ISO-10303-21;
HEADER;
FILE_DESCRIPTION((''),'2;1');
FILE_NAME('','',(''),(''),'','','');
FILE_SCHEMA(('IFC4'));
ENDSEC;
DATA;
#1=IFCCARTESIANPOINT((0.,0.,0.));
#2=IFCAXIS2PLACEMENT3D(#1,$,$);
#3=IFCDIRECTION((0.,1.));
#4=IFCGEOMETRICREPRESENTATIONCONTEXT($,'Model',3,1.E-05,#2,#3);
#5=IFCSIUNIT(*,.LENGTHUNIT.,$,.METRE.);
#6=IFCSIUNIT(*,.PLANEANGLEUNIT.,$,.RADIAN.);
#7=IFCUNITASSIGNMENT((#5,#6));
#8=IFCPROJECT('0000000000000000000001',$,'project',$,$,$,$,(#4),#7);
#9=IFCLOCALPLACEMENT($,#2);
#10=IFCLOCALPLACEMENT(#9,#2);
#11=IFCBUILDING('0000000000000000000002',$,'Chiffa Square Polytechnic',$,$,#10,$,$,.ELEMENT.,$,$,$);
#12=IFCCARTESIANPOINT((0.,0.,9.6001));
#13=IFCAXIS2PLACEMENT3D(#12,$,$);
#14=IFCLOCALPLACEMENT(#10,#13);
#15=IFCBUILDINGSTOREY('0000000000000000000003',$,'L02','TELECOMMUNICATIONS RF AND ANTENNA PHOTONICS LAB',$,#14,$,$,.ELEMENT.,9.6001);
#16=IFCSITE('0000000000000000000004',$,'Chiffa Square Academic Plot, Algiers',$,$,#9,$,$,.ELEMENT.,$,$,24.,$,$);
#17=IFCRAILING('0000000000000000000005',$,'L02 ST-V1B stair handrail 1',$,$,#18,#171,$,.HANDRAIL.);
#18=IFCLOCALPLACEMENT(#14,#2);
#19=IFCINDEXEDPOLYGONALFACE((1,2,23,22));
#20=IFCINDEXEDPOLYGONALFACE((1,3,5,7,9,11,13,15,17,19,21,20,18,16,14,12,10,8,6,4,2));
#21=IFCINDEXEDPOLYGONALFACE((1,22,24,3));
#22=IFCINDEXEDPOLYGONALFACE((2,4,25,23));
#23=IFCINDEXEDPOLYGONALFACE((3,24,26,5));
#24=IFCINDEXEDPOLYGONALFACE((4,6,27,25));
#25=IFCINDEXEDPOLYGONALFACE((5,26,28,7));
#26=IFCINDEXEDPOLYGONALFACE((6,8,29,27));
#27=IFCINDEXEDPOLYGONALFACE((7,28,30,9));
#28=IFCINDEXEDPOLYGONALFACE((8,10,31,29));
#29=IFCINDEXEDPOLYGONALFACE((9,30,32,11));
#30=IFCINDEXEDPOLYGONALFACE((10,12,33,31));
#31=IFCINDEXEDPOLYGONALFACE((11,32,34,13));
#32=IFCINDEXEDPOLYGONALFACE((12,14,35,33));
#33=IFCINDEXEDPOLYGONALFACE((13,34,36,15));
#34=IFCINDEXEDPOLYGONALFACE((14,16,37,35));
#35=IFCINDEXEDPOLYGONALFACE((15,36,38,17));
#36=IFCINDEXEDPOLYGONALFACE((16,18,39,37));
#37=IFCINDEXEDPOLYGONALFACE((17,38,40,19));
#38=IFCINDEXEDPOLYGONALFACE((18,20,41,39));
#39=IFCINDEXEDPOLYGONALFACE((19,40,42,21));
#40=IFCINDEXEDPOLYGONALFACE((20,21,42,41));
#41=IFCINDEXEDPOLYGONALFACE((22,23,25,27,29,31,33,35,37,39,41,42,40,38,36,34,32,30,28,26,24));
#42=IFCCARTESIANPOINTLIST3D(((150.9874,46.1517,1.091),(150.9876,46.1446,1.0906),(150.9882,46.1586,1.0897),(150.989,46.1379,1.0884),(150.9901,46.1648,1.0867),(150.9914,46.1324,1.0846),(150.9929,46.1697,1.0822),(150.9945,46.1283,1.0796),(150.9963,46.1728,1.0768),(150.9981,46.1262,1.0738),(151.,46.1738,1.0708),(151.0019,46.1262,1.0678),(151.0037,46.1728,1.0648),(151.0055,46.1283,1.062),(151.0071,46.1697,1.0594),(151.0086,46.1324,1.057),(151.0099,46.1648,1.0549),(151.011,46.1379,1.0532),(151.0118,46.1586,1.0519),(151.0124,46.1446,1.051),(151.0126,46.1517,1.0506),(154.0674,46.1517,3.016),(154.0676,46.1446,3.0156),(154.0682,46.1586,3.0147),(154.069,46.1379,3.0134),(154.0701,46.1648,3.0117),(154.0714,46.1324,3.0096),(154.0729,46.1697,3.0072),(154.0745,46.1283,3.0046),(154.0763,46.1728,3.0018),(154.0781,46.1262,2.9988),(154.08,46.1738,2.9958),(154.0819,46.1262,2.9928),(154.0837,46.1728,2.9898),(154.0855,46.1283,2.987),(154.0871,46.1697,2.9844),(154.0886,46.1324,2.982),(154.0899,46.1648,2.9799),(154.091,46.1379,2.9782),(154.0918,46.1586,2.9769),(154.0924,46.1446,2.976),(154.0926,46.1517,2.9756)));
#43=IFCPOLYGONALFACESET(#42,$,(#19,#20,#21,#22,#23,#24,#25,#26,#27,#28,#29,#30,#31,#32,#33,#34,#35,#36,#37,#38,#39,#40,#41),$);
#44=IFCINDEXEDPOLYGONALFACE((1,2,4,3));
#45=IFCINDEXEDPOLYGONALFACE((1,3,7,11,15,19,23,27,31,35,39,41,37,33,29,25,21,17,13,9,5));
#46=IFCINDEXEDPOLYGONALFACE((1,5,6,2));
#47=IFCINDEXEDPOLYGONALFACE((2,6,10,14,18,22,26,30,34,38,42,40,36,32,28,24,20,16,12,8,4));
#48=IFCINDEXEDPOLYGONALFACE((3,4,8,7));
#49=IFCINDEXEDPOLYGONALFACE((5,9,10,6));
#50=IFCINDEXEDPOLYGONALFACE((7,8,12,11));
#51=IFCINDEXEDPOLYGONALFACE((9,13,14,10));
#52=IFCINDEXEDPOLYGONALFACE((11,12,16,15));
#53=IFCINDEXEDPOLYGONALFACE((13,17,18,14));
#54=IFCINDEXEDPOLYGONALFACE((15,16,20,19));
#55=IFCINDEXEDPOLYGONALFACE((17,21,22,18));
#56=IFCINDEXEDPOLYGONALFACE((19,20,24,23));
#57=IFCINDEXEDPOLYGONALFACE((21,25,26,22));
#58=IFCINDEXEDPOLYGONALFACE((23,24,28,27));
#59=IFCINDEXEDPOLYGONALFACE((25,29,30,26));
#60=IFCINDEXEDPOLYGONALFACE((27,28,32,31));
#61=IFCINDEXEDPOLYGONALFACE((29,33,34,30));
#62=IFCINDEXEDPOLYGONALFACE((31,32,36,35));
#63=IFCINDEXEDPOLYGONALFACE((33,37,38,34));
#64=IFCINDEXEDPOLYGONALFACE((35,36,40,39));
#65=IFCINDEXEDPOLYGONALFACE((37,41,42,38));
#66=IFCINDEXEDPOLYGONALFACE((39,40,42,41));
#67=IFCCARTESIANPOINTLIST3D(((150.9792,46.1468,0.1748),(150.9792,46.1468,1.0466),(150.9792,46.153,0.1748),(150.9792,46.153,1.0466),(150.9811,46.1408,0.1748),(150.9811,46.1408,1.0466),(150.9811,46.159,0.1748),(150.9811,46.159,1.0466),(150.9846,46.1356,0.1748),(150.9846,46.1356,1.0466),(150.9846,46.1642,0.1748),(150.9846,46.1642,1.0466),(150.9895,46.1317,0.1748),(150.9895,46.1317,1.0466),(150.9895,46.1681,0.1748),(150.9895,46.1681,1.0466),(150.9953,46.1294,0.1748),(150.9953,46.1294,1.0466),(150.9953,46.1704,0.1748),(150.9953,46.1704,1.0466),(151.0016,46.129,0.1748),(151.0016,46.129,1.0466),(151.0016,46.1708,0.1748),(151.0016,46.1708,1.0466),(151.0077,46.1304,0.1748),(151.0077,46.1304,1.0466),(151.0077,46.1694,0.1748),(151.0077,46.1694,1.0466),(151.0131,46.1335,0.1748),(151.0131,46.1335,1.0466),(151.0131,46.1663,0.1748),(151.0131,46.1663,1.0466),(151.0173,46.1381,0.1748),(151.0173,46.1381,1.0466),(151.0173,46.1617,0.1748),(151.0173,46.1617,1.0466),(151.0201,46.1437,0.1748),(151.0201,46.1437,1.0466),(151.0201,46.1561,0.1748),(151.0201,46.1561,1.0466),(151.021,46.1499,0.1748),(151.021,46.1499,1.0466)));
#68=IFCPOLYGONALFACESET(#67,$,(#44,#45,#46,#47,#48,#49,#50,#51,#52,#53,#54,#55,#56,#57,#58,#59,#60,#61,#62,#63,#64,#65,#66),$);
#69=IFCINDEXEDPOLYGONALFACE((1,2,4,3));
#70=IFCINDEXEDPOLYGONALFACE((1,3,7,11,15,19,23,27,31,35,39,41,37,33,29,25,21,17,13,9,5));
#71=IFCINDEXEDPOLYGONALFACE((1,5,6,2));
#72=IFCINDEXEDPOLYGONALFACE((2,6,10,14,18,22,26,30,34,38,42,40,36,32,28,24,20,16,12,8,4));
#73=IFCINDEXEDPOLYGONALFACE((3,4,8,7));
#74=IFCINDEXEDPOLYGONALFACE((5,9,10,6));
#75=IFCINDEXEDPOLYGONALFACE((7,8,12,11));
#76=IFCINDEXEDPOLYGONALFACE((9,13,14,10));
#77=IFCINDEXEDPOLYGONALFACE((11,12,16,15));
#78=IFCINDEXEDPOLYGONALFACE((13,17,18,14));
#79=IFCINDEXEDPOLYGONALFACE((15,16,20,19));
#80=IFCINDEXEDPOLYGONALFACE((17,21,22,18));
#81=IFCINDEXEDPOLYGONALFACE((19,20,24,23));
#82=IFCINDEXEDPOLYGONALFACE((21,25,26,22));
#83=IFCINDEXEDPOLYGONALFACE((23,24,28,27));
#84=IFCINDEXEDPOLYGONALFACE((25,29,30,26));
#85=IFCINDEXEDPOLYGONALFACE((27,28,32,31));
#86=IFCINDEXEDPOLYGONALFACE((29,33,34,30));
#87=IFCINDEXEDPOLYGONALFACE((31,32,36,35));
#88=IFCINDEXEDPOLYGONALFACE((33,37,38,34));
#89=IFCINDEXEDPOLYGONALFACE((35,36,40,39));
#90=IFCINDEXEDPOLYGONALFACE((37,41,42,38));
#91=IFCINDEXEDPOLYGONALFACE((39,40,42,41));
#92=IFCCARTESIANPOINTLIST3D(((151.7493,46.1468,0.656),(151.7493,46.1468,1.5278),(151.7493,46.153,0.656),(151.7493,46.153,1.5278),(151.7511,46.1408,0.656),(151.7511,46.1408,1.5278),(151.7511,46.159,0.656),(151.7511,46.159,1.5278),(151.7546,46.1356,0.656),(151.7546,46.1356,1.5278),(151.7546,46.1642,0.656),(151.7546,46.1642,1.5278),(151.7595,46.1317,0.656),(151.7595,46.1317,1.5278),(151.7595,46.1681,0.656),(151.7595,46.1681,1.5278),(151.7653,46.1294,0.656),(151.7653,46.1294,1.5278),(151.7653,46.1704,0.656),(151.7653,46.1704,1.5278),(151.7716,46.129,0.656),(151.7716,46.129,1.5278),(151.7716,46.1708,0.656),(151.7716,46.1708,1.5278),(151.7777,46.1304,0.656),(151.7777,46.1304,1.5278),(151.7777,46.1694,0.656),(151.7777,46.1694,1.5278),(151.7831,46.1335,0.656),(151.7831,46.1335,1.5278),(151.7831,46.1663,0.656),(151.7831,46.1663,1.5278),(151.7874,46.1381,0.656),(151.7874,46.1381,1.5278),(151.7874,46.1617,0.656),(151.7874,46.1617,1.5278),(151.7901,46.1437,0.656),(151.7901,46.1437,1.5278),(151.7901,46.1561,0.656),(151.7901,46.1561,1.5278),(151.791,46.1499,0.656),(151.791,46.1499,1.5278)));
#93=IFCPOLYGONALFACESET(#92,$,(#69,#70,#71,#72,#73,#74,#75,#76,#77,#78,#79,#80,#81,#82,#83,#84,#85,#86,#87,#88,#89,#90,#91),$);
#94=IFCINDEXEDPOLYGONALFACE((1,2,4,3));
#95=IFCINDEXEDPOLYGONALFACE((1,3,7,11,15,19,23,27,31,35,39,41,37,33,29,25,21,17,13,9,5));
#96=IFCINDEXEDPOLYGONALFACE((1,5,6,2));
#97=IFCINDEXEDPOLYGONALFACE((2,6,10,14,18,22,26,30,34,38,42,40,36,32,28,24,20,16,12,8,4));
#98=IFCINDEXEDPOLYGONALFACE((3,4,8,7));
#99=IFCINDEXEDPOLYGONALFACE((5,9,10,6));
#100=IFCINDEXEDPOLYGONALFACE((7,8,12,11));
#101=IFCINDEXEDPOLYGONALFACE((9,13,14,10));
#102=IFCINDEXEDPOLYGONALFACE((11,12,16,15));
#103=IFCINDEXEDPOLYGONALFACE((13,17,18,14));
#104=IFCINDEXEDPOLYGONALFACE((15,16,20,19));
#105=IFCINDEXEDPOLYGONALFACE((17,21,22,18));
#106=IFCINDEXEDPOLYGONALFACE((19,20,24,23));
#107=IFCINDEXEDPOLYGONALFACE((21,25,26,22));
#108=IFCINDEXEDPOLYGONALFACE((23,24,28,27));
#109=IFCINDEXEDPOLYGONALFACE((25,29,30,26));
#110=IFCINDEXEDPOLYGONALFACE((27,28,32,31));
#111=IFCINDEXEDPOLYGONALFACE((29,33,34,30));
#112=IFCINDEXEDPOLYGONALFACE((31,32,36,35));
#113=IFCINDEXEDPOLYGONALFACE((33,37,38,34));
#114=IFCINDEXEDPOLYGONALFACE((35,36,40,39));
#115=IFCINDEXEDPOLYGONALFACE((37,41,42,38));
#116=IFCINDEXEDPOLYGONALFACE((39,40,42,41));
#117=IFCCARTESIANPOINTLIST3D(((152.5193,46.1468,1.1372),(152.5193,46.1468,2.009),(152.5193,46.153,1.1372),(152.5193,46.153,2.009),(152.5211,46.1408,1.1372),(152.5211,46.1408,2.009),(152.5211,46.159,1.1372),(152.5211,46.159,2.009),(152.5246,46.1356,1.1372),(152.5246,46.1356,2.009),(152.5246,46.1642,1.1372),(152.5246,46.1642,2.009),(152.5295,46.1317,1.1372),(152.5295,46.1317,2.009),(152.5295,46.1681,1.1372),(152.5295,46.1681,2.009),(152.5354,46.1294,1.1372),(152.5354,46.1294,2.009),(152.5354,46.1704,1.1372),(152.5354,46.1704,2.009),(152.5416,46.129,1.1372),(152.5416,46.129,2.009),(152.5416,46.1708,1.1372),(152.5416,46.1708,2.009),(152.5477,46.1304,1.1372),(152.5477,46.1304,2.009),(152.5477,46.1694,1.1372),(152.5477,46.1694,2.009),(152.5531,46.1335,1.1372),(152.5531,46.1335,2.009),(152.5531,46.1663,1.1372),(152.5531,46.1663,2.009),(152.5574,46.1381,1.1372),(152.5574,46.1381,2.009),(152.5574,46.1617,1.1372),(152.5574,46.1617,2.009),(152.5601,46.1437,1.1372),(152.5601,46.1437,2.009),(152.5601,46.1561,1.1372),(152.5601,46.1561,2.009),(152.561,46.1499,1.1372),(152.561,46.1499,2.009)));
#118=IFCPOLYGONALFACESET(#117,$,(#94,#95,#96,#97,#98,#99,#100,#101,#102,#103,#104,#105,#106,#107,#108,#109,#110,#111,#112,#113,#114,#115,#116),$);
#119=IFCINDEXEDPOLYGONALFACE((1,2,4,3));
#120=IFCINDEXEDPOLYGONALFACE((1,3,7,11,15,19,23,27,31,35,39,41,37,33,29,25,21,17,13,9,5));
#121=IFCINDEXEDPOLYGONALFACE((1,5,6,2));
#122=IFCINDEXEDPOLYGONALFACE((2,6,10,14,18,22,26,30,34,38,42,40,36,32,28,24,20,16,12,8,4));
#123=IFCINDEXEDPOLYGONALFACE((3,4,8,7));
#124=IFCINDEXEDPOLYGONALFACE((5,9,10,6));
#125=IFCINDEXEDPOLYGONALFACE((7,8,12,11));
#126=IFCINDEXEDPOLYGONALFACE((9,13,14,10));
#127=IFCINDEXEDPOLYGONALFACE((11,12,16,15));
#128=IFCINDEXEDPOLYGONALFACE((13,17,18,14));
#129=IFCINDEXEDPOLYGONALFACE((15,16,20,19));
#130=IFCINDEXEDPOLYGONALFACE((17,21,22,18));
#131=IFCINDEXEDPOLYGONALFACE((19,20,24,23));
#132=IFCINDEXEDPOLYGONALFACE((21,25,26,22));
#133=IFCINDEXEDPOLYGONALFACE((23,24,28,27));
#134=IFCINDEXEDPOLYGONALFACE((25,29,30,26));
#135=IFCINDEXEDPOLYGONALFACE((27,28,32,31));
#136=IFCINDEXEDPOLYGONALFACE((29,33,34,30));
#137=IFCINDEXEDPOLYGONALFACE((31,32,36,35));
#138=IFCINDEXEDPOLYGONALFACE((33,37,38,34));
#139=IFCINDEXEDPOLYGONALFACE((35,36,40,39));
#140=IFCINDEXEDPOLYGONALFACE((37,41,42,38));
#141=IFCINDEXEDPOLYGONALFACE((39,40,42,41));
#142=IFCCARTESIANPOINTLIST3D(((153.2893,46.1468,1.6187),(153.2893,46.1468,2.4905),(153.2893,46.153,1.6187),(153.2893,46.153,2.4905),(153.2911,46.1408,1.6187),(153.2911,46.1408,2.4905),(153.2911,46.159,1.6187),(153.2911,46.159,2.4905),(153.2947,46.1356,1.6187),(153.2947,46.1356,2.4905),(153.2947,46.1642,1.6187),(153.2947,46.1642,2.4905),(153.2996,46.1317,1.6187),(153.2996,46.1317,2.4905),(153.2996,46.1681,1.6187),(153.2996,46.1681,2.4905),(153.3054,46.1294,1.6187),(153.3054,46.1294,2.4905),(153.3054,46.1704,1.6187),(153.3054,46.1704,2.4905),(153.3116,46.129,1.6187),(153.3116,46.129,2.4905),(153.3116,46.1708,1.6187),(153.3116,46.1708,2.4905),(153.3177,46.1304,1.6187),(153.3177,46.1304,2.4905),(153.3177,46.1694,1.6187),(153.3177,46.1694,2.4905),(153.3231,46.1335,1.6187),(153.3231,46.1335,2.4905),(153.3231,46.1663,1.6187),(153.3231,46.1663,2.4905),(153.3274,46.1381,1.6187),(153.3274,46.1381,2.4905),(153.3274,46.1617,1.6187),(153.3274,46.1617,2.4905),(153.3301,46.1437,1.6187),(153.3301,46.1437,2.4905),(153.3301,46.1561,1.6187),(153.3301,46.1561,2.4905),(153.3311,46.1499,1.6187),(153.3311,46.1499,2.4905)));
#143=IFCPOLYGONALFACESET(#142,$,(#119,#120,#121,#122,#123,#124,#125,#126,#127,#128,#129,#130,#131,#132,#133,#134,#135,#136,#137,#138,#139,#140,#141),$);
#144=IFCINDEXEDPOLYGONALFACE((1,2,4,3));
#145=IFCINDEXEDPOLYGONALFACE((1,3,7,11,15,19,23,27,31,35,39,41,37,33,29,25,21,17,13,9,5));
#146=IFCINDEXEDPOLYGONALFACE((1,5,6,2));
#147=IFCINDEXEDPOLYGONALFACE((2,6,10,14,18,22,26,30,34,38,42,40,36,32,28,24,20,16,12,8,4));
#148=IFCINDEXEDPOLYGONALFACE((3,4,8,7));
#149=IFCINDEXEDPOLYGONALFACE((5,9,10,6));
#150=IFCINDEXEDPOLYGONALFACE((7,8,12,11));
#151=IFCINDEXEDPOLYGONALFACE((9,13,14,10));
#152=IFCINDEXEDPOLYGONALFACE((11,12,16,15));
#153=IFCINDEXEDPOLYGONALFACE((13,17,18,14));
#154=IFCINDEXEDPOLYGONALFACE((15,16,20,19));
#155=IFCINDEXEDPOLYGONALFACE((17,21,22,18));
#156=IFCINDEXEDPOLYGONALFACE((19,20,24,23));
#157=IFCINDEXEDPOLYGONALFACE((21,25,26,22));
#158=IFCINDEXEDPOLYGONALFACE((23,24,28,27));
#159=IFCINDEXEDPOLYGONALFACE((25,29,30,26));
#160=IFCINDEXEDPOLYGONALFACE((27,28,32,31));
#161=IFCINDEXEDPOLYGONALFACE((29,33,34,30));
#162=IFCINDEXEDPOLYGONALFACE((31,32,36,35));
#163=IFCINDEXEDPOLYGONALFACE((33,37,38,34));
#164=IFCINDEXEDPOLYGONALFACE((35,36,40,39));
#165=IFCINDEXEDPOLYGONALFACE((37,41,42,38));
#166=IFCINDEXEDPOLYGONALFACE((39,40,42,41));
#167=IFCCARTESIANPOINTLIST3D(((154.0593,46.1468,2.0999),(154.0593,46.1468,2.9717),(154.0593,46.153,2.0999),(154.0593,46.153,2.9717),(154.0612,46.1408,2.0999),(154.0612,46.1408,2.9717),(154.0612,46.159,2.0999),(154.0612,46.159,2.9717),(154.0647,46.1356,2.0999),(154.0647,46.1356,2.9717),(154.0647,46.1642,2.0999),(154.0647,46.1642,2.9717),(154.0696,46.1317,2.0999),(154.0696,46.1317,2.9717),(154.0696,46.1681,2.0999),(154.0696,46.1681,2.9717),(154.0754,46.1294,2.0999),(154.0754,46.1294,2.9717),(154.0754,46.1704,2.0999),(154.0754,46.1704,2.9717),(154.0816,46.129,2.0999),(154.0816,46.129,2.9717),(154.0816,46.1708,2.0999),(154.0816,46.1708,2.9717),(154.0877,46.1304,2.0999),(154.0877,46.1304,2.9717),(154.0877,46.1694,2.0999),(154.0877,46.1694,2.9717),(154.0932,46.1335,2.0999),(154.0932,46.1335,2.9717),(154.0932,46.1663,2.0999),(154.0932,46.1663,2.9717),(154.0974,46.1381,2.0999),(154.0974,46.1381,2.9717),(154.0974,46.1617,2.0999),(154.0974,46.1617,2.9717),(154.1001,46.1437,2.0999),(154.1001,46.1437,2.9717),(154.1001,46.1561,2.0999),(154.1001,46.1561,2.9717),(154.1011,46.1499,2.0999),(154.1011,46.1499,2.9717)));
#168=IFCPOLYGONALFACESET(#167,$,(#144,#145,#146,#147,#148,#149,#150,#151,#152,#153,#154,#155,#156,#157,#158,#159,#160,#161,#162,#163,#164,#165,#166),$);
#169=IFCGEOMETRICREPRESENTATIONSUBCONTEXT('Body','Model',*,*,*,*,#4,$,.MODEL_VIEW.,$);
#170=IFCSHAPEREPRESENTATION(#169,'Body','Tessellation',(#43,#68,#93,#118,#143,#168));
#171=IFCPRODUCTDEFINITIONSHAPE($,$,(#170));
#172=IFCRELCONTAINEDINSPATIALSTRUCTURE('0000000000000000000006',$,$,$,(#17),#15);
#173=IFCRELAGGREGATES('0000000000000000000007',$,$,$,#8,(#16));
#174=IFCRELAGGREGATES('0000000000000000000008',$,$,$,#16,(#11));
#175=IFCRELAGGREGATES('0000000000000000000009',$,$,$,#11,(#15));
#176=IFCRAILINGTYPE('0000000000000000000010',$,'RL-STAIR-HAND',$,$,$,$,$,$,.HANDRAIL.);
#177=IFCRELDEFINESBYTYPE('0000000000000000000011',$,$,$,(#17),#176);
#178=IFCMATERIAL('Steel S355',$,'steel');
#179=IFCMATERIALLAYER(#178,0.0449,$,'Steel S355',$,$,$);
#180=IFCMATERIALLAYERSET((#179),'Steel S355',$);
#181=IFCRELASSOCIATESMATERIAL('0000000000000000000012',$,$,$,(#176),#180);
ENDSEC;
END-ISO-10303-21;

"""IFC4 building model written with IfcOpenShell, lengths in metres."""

from ifc_helpers import new_model, si_unit, direction, frame, origin, origin_2d, place, context, subcontext, project, spatial, circle, extrude, material, layer, layer_set, type_object, element, save


model = new_model("IFC4")

# Units and contexts
model_context = context("Model", 3, precision=1e-05, world=origin(), true_north=direction((0.0, 1.0)))
body_context = subcontext(model_context, "Body", "Model", "MODEL_VIEW")
ifc_project = project(units=[si_unit("LENGTHUNIT", "METRE"), si_unit("PLANEANGLEUNIT", "RADIAN")], contexts=[model_context])

# Site, building, storey
site_placement = place(None, origin())
site = spatial("IfcSite", under=ifc_project, at=site_placement, Name="Chiffa Square Academic Plot, Algiers", CompositionType="ELEMENT", RefElevation=24.0)
building_placement = place(site_placement, origin())
building = spatial("IfcBuilding", under=site, at=building_placement, Name="Chiffa Square Polytechnic", CompositionType="ELEMENT")
storey_placement = place(building_placement, frame((0.0, 0.0, 9.6001)))
storey = spatial("IfcBuildingStorey", under=building, at=storey_placement, Name="L02", Description="TELECOMMUNICATIONS RF AND ANTENNA PHOTONICS LAB", CompositionType="ELEMENT", Elevation=9.6001)

# Railing
ifc_material_1 = material(Name="Steel S355", Category="steel")
ifc_layer_1 = layer(ifc_material_1, 0.0449, Name="Steel S355")
ifc_layer_set_1 = layer_set([ifc_layer_1], Name="Steel S355")
railing_type = type_object("IfcRailingType", Name="RL-STAIR-HAND", PredefinedType="HANDRAIL", material=ifc_layer_set_1)
railing_placement = place(storey_placement, frame((151.0, 46.1499, 0.1748)))
element("IfcRailing", 1, at=railing_placement, inside=storey, type_object=railing_type, Name="L02 ST-V1B stair handrail 1", PredefinedType="HANDRAIL", context=body_context, shape_type="SweptSolid", body=[
    extrude(circle(Radius=0.0239, at=origin_2d()), frame((0.0, 0.0, 0.896), z_axis=(0.847998, 0.0, 0.529999), x_axis=(0.0, 1.0, 0.0)), (0.0, 0.0, 1.0), 3.6321),
    extrude(circle(Radius=0.021, at=origin_2d()), origin(), (0.0, 0.0, 1.0), 0.8718),
    extrude(circle(Radius=0.021, at=origin_2d()), frame((0.77, 0.0, 0.4812)), (0.0, 0.0, 1.0), 0.8718),
    extrude(circle(Radius=0.021, at=origin_2d()), frame((1.54, 0.0, 0.9624)), (0.0, 0.0, 1.0), 0.8718),
    extrude(circle(Radius=0.021, at=origin_2d()), frame((2.3101, 0.0, 1.4438)), (0.0, 0.0, 1.0), 0.8718),
    extrude(circle(Radius=0.021, at=origin_2d()), frame((3.0801, 0.0, 1.925)), (0.0, 0.0, 1.0), 0.8718),
])

save(model, "model.ifc")
